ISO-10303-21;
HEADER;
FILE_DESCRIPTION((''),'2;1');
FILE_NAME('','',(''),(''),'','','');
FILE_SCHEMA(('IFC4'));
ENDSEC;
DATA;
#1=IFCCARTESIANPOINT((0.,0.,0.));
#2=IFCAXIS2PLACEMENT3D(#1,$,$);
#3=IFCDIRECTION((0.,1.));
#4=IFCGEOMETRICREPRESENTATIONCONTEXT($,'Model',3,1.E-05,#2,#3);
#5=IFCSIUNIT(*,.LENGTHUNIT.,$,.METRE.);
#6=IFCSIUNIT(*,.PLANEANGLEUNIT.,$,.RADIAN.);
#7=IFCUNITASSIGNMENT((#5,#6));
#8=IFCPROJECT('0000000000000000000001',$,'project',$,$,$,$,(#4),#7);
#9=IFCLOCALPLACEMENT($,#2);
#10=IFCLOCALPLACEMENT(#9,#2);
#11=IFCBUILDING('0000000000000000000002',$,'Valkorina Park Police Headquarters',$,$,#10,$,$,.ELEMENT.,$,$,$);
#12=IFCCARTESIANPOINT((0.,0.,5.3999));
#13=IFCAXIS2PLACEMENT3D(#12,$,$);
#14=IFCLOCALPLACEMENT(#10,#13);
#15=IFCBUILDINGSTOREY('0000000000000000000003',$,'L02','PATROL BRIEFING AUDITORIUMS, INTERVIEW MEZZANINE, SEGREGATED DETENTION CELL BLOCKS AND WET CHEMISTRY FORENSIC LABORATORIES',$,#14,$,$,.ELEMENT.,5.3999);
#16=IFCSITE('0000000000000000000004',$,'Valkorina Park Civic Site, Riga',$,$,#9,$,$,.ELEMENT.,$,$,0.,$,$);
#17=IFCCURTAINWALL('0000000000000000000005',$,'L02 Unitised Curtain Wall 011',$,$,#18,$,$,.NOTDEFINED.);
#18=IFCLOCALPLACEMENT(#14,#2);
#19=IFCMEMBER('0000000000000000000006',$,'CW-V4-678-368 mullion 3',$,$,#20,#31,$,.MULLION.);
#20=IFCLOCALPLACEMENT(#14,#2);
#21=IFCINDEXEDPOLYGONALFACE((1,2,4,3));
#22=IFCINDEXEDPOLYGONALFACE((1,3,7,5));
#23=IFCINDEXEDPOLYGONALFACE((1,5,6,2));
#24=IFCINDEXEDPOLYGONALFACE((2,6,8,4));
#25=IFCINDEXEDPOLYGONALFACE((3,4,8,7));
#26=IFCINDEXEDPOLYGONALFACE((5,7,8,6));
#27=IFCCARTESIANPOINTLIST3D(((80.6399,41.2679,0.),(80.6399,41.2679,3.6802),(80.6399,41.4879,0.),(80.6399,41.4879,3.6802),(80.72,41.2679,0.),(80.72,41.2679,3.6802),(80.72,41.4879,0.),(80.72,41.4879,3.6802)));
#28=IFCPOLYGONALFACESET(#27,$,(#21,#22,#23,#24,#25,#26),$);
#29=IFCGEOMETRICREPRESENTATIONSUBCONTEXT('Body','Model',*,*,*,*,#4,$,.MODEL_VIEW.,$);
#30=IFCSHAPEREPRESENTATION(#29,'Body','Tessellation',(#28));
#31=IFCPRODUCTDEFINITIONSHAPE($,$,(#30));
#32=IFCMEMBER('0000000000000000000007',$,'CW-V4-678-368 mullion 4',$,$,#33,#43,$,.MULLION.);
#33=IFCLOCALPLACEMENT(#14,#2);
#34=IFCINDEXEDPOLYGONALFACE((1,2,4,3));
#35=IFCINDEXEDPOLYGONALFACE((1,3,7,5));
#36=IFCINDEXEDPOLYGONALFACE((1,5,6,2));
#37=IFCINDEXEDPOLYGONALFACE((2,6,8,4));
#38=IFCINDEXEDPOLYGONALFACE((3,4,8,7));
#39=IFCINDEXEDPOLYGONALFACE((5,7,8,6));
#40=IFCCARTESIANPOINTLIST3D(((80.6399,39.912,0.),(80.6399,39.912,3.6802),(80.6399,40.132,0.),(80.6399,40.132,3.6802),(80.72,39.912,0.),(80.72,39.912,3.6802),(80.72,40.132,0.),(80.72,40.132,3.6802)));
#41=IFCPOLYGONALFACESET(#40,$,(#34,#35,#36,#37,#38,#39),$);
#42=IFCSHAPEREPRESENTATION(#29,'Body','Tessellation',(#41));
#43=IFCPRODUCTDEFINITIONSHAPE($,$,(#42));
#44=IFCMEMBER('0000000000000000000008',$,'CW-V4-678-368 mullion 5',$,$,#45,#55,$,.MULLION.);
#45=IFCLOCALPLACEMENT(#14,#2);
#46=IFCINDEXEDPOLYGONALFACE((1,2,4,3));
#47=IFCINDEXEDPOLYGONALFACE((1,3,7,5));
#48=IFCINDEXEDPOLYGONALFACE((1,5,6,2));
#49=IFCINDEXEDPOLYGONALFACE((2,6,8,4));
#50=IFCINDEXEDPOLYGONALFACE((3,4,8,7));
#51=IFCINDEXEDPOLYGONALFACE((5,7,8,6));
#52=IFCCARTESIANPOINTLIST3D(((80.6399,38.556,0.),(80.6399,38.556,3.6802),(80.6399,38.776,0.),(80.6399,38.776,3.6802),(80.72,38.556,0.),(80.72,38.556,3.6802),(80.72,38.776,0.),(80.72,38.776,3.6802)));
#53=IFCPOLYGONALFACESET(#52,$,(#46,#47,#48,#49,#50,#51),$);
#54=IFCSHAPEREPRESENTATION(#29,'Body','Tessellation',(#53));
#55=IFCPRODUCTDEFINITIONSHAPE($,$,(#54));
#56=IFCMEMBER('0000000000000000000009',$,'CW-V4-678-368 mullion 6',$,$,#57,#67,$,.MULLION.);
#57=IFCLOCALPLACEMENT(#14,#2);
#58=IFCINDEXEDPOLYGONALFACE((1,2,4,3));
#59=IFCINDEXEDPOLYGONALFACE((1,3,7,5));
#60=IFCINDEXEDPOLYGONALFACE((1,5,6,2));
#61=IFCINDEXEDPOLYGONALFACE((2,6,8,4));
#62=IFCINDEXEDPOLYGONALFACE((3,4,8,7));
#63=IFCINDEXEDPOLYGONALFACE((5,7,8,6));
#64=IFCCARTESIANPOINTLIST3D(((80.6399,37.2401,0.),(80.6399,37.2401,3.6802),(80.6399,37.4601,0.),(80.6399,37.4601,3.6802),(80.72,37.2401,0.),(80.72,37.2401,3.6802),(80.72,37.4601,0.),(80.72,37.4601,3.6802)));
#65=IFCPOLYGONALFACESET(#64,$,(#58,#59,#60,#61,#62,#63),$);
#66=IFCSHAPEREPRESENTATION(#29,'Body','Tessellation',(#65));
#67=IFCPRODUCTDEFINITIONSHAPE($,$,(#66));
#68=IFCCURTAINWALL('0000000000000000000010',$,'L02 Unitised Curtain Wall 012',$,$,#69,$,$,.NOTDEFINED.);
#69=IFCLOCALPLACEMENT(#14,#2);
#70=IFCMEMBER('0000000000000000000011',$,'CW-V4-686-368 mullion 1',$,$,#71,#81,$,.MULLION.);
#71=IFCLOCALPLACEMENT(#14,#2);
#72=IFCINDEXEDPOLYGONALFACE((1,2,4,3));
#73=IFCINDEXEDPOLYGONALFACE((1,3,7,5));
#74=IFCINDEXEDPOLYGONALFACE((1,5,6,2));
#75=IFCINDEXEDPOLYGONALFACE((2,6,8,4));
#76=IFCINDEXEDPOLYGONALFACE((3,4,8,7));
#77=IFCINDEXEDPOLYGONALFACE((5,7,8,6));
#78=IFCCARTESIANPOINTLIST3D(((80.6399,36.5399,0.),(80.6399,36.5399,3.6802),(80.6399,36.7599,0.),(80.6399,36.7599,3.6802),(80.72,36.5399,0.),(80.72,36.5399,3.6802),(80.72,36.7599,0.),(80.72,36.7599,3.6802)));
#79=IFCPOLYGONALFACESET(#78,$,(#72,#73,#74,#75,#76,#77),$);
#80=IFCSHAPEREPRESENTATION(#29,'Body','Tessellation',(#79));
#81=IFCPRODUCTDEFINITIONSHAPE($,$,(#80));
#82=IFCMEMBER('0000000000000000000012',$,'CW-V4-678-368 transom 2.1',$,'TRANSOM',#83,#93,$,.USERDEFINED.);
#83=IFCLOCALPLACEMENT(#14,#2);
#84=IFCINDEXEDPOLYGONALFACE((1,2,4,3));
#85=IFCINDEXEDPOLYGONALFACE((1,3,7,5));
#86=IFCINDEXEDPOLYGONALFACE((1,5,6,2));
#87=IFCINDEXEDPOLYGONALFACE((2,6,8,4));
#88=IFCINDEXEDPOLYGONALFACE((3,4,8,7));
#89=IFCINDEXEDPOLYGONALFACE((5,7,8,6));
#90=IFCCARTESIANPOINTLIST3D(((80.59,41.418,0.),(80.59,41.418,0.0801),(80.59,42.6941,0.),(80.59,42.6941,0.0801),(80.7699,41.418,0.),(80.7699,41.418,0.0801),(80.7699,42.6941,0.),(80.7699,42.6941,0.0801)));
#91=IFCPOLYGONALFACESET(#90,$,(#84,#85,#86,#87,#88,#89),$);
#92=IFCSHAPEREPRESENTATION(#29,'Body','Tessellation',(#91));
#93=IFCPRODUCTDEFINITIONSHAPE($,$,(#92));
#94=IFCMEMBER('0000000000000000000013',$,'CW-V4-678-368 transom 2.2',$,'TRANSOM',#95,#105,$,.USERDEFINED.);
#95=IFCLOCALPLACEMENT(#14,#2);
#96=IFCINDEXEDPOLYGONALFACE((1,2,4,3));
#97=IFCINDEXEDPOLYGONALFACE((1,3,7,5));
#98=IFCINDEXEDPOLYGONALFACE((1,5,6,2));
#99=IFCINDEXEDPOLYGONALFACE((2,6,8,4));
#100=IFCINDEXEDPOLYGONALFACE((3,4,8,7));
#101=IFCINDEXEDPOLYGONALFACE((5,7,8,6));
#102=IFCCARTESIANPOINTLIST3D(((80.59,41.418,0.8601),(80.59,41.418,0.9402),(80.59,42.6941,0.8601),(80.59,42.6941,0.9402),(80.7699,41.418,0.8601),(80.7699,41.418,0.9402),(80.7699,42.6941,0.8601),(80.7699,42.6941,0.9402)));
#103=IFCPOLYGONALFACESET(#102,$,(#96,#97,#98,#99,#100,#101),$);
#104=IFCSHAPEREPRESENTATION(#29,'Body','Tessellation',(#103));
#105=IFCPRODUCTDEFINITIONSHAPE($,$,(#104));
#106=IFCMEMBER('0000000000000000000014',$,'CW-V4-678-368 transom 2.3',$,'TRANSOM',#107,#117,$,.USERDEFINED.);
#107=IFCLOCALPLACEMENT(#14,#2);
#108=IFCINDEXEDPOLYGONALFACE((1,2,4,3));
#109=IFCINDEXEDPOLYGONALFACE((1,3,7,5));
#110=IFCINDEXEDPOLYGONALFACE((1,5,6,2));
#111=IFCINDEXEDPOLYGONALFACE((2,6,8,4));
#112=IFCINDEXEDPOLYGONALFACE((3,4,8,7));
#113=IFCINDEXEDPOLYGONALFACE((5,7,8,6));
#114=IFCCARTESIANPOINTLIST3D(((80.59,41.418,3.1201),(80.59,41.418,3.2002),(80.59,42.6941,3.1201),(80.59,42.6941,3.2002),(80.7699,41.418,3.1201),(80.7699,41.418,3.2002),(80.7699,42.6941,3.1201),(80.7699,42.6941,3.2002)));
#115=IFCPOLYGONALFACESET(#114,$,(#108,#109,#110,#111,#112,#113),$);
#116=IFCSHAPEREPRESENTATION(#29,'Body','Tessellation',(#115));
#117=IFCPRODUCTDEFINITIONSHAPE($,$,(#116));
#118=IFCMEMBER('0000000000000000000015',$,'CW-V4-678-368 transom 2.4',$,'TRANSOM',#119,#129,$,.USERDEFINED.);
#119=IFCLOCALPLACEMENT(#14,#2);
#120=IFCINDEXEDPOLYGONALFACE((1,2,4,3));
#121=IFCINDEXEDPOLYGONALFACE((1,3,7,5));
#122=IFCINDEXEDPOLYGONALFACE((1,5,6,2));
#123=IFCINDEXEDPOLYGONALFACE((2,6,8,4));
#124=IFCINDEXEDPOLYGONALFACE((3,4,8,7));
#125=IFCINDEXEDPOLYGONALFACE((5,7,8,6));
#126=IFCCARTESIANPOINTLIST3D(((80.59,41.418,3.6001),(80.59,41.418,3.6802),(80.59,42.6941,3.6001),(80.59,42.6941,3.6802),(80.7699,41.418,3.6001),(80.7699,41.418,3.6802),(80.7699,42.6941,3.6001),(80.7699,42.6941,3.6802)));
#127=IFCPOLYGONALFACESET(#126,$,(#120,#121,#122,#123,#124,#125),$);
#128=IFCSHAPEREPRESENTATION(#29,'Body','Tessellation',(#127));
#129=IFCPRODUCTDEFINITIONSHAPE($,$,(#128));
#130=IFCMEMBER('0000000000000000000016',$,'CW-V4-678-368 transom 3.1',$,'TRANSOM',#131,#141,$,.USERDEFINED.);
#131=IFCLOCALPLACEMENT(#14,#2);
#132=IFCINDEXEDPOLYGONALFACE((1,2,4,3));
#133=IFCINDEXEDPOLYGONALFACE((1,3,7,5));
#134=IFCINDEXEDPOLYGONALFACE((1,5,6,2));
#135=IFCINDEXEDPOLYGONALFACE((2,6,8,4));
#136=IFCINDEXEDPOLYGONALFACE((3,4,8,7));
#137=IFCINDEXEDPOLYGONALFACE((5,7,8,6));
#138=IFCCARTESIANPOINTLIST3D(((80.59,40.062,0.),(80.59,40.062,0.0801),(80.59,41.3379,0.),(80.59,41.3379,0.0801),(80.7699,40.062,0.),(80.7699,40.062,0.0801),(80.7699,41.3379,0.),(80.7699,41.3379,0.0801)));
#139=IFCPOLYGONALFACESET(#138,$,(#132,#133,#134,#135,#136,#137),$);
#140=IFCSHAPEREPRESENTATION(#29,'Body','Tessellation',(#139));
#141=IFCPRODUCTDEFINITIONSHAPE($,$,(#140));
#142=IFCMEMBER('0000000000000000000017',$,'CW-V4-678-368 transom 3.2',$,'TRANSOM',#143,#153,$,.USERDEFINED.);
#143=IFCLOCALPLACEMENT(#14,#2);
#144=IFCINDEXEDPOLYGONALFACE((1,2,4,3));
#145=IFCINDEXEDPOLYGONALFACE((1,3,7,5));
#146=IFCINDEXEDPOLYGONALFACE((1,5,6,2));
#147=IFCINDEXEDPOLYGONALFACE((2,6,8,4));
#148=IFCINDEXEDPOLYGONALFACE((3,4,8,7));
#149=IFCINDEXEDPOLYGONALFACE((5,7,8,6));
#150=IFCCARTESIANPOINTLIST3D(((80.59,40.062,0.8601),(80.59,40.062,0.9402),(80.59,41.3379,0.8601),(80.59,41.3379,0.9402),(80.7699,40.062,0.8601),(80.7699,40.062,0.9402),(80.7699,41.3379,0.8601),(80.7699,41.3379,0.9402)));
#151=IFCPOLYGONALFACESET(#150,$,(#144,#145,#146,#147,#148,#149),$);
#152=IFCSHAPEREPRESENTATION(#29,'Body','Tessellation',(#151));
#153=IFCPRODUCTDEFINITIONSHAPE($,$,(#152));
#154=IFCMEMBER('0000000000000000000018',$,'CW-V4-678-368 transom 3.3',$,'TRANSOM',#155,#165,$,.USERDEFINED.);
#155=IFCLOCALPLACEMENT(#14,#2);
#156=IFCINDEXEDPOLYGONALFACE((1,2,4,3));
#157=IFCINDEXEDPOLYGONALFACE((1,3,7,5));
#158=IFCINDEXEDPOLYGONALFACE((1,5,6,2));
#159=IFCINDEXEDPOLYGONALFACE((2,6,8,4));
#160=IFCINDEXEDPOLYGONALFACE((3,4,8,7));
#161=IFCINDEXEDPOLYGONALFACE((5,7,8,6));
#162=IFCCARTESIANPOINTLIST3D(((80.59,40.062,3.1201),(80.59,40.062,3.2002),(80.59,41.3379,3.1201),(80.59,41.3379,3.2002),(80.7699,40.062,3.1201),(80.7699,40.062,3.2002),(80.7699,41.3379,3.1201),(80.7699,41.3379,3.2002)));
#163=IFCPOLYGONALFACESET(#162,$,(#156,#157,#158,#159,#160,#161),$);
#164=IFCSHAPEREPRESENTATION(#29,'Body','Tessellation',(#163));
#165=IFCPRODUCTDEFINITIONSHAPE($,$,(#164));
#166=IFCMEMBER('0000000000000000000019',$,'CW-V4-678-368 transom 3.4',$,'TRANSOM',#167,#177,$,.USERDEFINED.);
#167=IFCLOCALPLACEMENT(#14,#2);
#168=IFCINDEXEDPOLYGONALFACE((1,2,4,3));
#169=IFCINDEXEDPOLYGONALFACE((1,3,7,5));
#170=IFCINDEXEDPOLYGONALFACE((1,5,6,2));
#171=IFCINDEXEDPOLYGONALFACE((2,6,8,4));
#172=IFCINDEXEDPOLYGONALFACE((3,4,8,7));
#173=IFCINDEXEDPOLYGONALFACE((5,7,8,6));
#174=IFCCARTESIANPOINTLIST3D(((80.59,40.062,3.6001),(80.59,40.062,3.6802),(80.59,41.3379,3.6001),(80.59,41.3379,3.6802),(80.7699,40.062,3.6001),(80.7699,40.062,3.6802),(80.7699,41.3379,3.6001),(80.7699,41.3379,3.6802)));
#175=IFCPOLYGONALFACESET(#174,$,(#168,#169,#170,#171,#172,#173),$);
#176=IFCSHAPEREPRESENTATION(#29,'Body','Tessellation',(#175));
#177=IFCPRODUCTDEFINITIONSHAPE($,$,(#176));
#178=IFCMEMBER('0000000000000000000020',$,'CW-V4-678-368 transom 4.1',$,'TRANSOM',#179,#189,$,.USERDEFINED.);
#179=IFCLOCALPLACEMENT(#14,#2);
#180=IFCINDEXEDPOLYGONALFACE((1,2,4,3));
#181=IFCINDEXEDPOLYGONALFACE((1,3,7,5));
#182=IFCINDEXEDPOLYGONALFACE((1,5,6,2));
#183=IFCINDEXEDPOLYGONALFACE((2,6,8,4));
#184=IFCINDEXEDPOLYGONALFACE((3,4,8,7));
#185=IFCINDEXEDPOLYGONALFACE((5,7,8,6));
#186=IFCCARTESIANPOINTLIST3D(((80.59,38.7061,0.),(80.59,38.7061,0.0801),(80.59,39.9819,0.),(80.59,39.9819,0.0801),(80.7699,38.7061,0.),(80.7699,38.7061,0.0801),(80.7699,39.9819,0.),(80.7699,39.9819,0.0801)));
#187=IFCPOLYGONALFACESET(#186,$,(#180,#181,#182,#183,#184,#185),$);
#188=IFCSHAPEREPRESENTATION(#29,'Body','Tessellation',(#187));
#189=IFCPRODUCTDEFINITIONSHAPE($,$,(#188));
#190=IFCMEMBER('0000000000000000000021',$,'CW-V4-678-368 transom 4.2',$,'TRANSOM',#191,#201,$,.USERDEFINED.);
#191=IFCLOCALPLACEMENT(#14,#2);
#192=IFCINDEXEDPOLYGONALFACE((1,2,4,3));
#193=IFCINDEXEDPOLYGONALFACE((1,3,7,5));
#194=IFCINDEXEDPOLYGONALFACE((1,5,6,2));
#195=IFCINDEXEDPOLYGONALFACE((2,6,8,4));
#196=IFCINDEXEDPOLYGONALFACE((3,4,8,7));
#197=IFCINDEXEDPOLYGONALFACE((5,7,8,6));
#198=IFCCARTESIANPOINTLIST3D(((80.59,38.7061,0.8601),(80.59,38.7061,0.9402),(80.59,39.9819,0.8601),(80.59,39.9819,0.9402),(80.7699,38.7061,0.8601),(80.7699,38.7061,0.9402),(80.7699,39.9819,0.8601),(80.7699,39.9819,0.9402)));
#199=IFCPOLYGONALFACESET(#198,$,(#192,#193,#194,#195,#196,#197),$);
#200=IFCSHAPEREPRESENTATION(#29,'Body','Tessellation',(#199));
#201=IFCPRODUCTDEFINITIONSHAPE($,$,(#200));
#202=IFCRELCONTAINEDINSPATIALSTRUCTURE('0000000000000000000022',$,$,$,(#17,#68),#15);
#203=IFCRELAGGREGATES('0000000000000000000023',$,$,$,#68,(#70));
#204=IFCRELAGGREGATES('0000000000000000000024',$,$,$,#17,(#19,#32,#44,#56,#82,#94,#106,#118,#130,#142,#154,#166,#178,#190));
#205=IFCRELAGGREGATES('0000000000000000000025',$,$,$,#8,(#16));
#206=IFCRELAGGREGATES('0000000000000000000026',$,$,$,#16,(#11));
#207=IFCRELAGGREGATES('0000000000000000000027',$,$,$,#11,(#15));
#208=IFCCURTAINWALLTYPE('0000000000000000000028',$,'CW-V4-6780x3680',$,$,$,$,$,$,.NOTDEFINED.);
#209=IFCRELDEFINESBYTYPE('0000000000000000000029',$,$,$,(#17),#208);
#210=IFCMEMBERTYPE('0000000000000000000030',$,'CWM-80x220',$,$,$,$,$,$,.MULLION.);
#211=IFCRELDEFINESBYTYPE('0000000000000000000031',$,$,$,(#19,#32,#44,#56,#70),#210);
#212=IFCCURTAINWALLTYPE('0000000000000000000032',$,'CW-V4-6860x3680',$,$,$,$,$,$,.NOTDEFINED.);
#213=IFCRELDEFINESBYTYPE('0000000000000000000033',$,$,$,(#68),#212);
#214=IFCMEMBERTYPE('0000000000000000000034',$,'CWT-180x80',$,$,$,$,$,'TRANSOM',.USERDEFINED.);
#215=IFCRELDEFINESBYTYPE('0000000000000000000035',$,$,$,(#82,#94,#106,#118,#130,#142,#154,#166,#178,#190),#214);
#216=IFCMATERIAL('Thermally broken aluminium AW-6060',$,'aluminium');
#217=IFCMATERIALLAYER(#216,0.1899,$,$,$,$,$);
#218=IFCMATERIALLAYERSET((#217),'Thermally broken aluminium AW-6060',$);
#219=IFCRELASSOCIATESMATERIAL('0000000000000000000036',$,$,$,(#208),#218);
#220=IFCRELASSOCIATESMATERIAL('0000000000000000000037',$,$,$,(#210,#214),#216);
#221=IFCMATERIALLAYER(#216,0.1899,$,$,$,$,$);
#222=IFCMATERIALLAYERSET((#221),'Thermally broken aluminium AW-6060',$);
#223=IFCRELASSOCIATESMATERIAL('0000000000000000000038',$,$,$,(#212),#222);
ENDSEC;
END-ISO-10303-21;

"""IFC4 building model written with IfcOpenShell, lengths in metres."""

from ifc_helpers import new_model, si_unit, direction, frame, origin, origin_2d, place, context, subcontext, project, spatial, rectangle, extrude, material, layer, layer_set, material_profile, profile_set, type_object, element, aggregate, save


model = new_model("IFC4")

# Units and contexts
model_context = context("Model", 3, precision=1e-05, world=origin(), true_north=direction((0.0, 1.0)))
body_context = subcontext(model_context, "Body", "Model", "MODEL_VIEW")
ifc_project = project(units=[si_unit("LENGTHUNIT", "METRE"), si_unit("PLANEANGLEUNIT", "RADIAN")], contexts=[model_context])

# Site, building, storey
site_placement = place(None, origin())
site = spatial("IfcSite", under=ifc_project, at=site_placement, Name="Valkorina Park Civic Site, Riga", CompositionType="ELEMENT", RefElevation=0.0)
building_placement = place(site_placement, origin())
building = spatial("IfcBuilding", under=site, at=building_placement, Name="Valkorina Park Police Headquarters", CompositionType="ELEMENT")
storey_placement = place(building_placement, frame((0.0, 0.0, 5.3999)))
storey = spatial("IfcBuildingStorey", under=building, at=storey_placement, Name="L02", Description="PATROL BRIEFING AUDITORIUMS, INTERVIEW MEZZANINE, SEGREGATED DETENTION CELL BLOCKS AND WET CHEMISTRY FORENSIC LABORATORIES", CompositionType="ELEMENT", Elevation=5.3999)

# Curtain wall, members
ifc_material_1 = material(Name="Thermally broken aluminium AW-6060", Category="aluminium")
ifc_layer_1 = layer(ifc_material_1, 0.1899)
ifc_layer_set_1 = layer_set([ifc_layer_1], Name="Thermally broken aluminium AW-6060")
curtain_wall_type_1 = type_object("IfcCurtainWallType", Name="CW-V4-6780x3680", PredefinedType="NOTDEFINED", material=ifc_layer_set_1)
curtain_wall_1_placement = place(storey_placement, origin())
curtain_wall_1 = element("IfcCurtainWall", 1, at=curtain_wall_1_placement, inside=storey, type_object=curtain_wall_type_1, Name="L02 Unitised Curtain Wall 011", PredefinedType="NOTDEFINED")
ifc_material_profile_1 = material_profile(ifc_material_1, rectangle(XDim=0.0801, YDim=0.22, at=origin_2d()), Name="CWM-03 80x220")
ifc_profile_set_1 = profile_set([ifc_material_profile_1], Name="Thermally broken aluminium AW-6060")
member_type_1 = type_object("IfcMemberType", Name="CWM-80x220", PredefinedType="MULLION", material=ifc_profile_set_1)
member_1_placement = place(storey_placement, frame((80.6799, 41.3779, 0.0), z_axis=(0.0, 0.0, 1.0), x_axis=(1.0, 0.0, 0.0)))
member_1 = element("IfcMember", 2, at=member_1_placement, type_object=member_type_1, Name="CW-V4-678-368 mullion 3", PredefinedType="MULLION", context=body_context, shape_type="SweptSolid", body=[
    extrude(rectangle(XDim=0.0801, YDim=0.22, at=origin_2d()), origin(), (0.0, 0.0, 1.0), 3.6802),
])
member_2_placement = place(storey_placement, frame((80.6799, 40.022, 0.0), z_axis=(0.0, 0.0, 1.0), x_axis=(1.0, 0.0, 0.0)))
member_2 = element("IfcMember", 3, at=member_2_placement, type_object=member_type_1, Name="CW-V4-678-368 mullion 4", PredefinedType="MULLION", context=body_context, shape_type="SweptSolid", body=[
    extrude(rectangle(XDim=0.0801, YDim=0.22, at=origin_2d()), origin(), (0.0, 0.0, 1.0), 3.6802),
])
member_3_placement = place(storey_placement, frame((80.6799, 38.666, 0.0), z_axis=(0.0, 0.0, 1.0), x_axis=(1.0, 0.0, 0.0)))
member_3 = element("IfcMember", 4, at=member_3_placement, type_object=member_type_1, Name="CW-V4-678-368 mullion 5", PredefinedType="MULLION", context=body_context, shape_type="SweptSolid", body=[
    extrude(rectangle(XDim=0.0801, YDim=0.22, at=origin_2d()), origin(), (0.0, 0.0, 1.0), 3.6802),
])
member_4_placement = place(storey_placement, frame((80.6799, 37.3501, 0.0), z_axis=(0.0, 0.0, 1.0), x_axis=(1.0, 0.0, 0.0)))
member_4 = element("IfcMember", 5, at=member_4_placement, type_object=member_type_1, Name="CW-V4-678-368 mullion 6", PredefinedType="MULLION", context=body_context, shape_type="SweptSolid", body=[
    extrude(rectangle(XDim=0.0801, YDim=0.22, at=origin_2d()), origin(), (0.0, 0.0, 1.0), 3.6802),
])

# Curtain wall, member
ifc_layer_2 = layer(ifc_material_1, 0.1899)
ifc_layer_set_2 = layer_set([ifc_layer_2], Name="Thermally broken aluminium AW-6060")
curtain_wall_type_2 = type_object("IfcCurtainWallType", Name="CW-V4-6860x3680", PredefinedType="NOTDEFINED", material=ifc_layer_set_2)
curtain_wall_2_placement = place(storey_placement, origin())
curtain_wall_2 = element("IfcCurtainWall", 6, at=curtain_wall_2_placement, inside=storey, type_object=curtain_wall_type_2, Name="L02 Unitised Curtain Wall 012", PredefinedType="NOTDEFINED")
member_5_placement = place(storey_placement, frame((80.6799, 36.6499, 0.0), z_axis=(0.0, 0.0, 1.0), x_axis=(1.0, 0.0, 0.0)))
member_5 = element("IfcMember", 7, at=member_5_placement, type_object=member_type_1, Name="CW-V4-686-368 mullion 1", PredefinedType="MULLION", context=body_context, shape_type="SweptSolid", body=[
    extrude(rectangle(XDim=0.0801, YDim=0.22, at=origin_2d()), origin(), (0.0, 0.0, 1.0), 3.6802),
])

# Members
ifc_material_profile_2 = material_profile(ifc_material_1, rectangle(XDim=0.1799, YDim=0.0801, at=origin_2d()), Name="CWT-03 180x80")
ifc_profile_set_2 = profile_set([ifc_material_profile_2], Name="Thermally broken aluminium AW-6060")
member_type_2 = type_object("IfcMemberType", Name="CWT-180x80", ElementType="TRANSOM", PredefinedType="USERDEFINED", material=ifc_profile_set_2)
member_6_placement = place(storey_placement, frame((80.6799, 42.6941, 0.04), z_axis=(0.0, -1.0, 0.0), x_axis=(1.0, 0.0, 0.0)))
member_6 = element("IfcMember", 8, at=member_6_placement, type_object=member_type_2, Name="CW-V4-678-368 transom 2.1", ObjectType="TRANSOM", PredefinedType="USERDEFINED", context=body_context, shape_type="SweptSolid", body=[
    extrude(rectangle(XDim=0.1799, YDim=0.0801, at=origin_2d()), origin(), (0.0, 0.0, 1.0), 1.2761),
])
member_7_placement = place(storey_placement, frame((80.6799, 42.6941, 0.9001), z_axis=(0.0, -1.0, 0.0), x_axis=(1.0, 0.0, 0.0)))
member_7 = element("IfcMember", 9, at=member_7_placement, type_object=member_type_2, Name="CW-V4-678-368 transom 2.2", ObjectType="TRANSOM", PredefinedType="USERDEFINED", context=body_context, shape_type="SweptSolid", body=[
    extrude(rectangle(XDim=0.1799, YDim=0.0801, at=origin_2d()), origin(), (0.0, 0.0, 1.0), 1.2761),
])
member_8_placement = place(storey_placement, frame((80.6799, 42.6941, 3.1602), z_axis=(0.0, -1.0, 0.0), x_axis=(1.0, 0.0, 0.0)))
member_8 = element("IfcMember", 10, at=member_8_placement, type_object=member_type_2, Name="CW-V4-678-368 transom 2.3", ObjectType="TRANSOM", PredefinedType="USERDEFINED", context=body_context, shape_type="SweptSolid", body=[
    extrude(rectangle(XDim=0.1799, YDim=0.0801, at=origin_2d()), origin(), (0.0, 0.0, 1.0), 1.2761),
])
member_9_placement = place(storey_placement, frame((80.6799, 42.6941, 3.6401), z_axis=(0.0, -1.0, 0.0), x_axis=(1.0, 0.0, 0.0)))
member_9 = element("IfcMember", 11, at=member_9_placement, type_object=member_type_2, Name="CW-V4-678-368 transom 2.4", ObjectType="TRANSOM", PredefinedType="USERDEFINED", context=body_context, shape_type="SweptSolid", body=[
    extrude(rectangle(XDim=0.1799, YDim=0.0801, at=origin_2d()), origin(), (0.0, 0.0, 1.0), 1.2761),
])
member_10_placement = place(storey_placement, frame((80.6799, 41.3379, 0.04), z_axis=(0.0, -1.0, 0.0), x_axis=(1.0, 0.0, 0.0)))
member_10 = element("IfcMember", 12, at=member_10_placement, type_object=member_type_2, Name="CW-V4-678-368 transom 3.1", ObjectType="TRANSOM", PredefinedType="USERDEFINED", context=body_context, shape_type="SweptSolid", body=[
    extrude(rectangle(XDim=0.1799, YDim=0.0801, at=origin_2d()), origin(), (0.0, 0.0, 1.0), 1.2759),
])
member_11_placement = place(storey_placement, frame((80.6799, 41.3379, 0.9001), z_axis=(0.0, -1.0, 0.0), x_axis=(1.0, 0.0, 0.0)))
member_11 = element("IfcMember", 13, at=member_11_placement, type_object=member_type_2, Name="CW-V4-678-368 transom 3.2", ObjectType="TRANSOM", PredefinedType="USERDEFINED", context=body_context, shape_type="SweptSolid", body=[
    extrude(rectangle(XDim=0.1799, YDim=0.0801, at=origin_2d()), origin(), (0.0, 0.0, 1.0), 1.2759),
])
member_12_placement = place(storey_placement, frame((80.6799, 41.3379, 3.1602), z_axis=(0.0, -1.0, 0.0), x_axis=(1.0, 0.0, 0.0)))
member_12 = element("IfcMember", 14, at=member_12_placement, type_object=member_type_2, Name="CW-V4-678-368 transom 3.3", ObjectType="TRANSOM", PredefinedType="USERDEFINED", context=body_context, shape_type="SweptSolid", body=[
    extrude(rectangle(XDim=0.1799, YDim=0.0801, at=origin_2d()), origin(), (0.0, 0.0, 1.0), 1.2759),
])
member_13_placement = place(storey_placement, frame((80.6799, 41.3379, 3.6401), z_axis=(0.0, -1.0, 0.0), x_axis=(1.0, 0.0, 0.0)))
member_13 = element("IfcMember", 15, at=member_13_placement, type_object=member_type_2, Name="CW-V4-678-368 transom 3.4", ObjectType="TRANSOM", PredefinedType="USERDEFINED", context=body_context, shape_type="SweptSolid", body=[
    extrude(rectangle(XDim=0.1799, YDim=0.0801, at=origin_2d()), origin(), (0.0, 0.0, 1.0), 1.2759),
])
member_14_placement = place(storey_placement, frame((80.6799, 39.9819, 0.04), z_axis=(0.0, -1.0, 0.0), x_axis=(1.0, 0.0, 0.0)))
member_14 = element("IfcMember", 16, at=member_14_placement, type_object=member_type_2, Name="CW-V4-678-368 transom 4.1", ObjectType="TRANSOM", PredefinedType="USERDEFINED", context=body_context, shape_type="SweptSolid", body=[
    extrude(rectangle(XDim=0.1799, YDim=0.0801, at=origin_2d()), origin(), (0.0, 0.0, 1.0), 1.2759),
])
member_15_placement = place(storey_placement, frame((80.6799, 39.9819, 0.9001), z_axis=(0.0, -1.0, 0.0), x_axis=(1.0, 0.0, 0.0)))
member_15 = element("IfcMember", 17, at=member_15_placement, type_object=member_type_2, Name="CW-V4-678-368 transom 4.2", ObjectType="TRANSOM", PredefinedType="USERDEFINED", context=body_context, shape_type="SweptSolid", body=[
    extrude(rectangle(XDim=0.1799, YDim=0.0801, at=origin_2d()), origin(), (0.0, 0.0, 1.0), 1.2759),
])

aggregate(curtain_wall_2, [member_5])
aggregate(curtain_wall_1, [member_1, member_2, member_3, member_4, member_6, member_7, member_8, member_9, member_10, member_11, member_12, member_13, member_14, member_15])

save(model, "model.ifc")
